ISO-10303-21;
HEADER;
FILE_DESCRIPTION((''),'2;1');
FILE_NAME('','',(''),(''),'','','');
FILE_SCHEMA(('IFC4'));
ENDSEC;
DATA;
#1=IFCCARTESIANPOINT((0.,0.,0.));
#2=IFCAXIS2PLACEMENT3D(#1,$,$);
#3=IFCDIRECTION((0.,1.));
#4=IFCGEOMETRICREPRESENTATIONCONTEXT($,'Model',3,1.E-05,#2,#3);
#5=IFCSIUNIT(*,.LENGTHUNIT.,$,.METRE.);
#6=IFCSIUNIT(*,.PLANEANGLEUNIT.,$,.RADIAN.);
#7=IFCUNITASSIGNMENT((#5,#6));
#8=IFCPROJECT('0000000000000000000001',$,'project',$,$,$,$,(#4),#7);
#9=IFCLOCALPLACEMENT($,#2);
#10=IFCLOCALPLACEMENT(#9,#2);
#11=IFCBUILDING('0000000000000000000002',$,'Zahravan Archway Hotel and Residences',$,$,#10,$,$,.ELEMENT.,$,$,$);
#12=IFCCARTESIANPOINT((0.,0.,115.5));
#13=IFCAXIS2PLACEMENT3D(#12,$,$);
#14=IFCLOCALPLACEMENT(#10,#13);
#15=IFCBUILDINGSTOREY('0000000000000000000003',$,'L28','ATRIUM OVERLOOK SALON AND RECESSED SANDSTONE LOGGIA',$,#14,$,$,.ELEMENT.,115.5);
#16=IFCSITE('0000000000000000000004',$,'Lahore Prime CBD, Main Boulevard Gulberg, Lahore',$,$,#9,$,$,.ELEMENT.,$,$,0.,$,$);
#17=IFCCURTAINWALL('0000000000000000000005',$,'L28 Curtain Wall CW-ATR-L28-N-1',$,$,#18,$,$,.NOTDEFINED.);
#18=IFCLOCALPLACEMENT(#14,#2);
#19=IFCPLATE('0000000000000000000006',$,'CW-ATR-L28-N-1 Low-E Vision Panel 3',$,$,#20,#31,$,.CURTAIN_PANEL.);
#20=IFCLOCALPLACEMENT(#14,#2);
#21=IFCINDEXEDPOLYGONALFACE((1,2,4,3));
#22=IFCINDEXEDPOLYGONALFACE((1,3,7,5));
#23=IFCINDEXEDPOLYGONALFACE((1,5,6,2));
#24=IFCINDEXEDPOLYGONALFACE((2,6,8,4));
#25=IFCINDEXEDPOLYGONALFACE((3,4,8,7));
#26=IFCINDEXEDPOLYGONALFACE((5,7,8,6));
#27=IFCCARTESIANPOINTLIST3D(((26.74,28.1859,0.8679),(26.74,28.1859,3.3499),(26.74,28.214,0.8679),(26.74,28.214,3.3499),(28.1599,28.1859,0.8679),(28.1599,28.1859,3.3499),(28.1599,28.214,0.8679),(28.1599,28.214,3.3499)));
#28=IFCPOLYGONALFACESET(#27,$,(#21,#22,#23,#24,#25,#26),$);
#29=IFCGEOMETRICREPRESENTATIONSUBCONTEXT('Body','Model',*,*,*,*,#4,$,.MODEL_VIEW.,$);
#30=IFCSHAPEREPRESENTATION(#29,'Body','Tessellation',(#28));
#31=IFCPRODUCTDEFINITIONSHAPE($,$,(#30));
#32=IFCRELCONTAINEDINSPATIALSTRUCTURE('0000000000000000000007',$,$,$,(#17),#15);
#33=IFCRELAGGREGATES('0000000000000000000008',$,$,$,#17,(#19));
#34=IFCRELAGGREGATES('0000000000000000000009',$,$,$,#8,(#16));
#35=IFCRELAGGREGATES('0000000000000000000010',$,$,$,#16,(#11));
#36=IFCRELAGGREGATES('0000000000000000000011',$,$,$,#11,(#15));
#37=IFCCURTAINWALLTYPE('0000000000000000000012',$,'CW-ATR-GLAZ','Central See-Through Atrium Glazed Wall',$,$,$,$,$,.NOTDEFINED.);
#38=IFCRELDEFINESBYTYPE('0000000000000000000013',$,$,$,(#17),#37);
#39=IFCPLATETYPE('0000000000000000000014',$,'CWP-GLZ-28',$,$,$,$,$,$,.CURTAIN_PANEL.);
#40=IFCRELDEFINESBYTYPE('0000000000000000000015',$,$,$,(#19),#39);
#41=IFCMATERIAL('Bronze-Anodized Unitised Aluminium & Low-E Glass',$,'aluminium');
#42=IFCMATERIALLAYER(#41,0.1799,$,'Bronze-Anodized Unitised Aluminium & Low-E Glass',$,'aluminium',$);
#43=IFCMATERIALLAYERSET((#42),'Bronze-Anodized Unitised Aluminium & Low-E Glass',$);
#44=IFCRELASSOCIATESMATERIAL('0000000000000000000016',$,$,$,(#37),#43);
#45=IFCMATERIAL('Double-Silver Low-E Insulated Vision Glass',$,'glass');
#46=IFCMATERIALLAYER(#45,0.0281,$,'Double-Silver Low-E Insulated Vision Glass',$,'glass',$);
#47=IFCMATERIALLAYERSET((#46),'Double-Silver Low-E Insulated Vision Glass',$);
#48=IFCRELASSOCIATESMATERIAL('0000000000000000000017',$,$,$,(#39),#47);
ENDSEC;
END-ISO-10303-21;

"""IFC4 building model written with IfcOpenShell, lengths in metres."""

from ifc_helpers import new_model, si_unit, direction, frame, origin, origin_2d, place, context, subcontext, project, spatial, rectangle, extrude, source, transform, mapped, material, layer, layer_set, type_object, element, aggregate, save


model = new_model("IFC4")

# Units and contexts
model_context = context("Model", 3, precision=1e-05, world=origin(), true_north=direction((0.0, 1.0)))
body_context = subcontext(model_context, "Body", "Model", "MODEL_VIEW")
ifc_project = project(units=[si_unit("LENGTHUNIT", "METRE"), si_unit("PLANEANGLEUNIT", "RADIAN")], contexts=[model_context])

# Site, building, storey
site_placement = place(None, origin())
site = spatial("IfcSite", under=ifc_project, at=site_placement, Name="Lahore Prime CBD, Main Boulevard Gulberg, Lahore", CompositionType="ELEMENT", RefElevation=0.0)
building_placement = place(site_placement, origin())
building = spatial("IfcBuilding", under=site, at=building_placement, Name="Zahravan Archway Hotel and Residences", CompositionType="ELEMENT")
storey_placement = place(building_placement, frame((0.0, 0.0, 115.5)))
storey = spatial("IfcBuildingStorey", under=building, at=storey_placement, Name="L28", Description="ATRIUM OVERLOOK SALON AND RECESSED SANDSTONE LOGGIA", CompositionType="ELEMENT", Elevation=115.5)

# Curtain wall
ifc_material_1 = material(Name="Bronze-Anodized Unitised Aluminium & Low-E Glass", Category="aluminium")
ifc_layer_1 = layer(ifc_material_1, 0.1799, Name="Bronze-Anodized Unitised Aluminium & Low-E Glass", Category="aluminium")
ifc_layer_set_1 = layer_set([ifc_layer_1], Name="Bronze-Anodized Unitised Aluminium & Low-E Glass")
curtain_wall_type = type_object("IfcCurtainWallType", Name="CW-ATR-GLAZ", Description="Central See-Through Atrium Glazed Wall", PredefinedType="NOTDEFINED", material=ifc_layer_set_1)
curtain_wall_1_placement = place(storey_placement, origin())
curtain_wall_1 = element("IfcCurtainWall", 1, at=curtain_wall_1_placement, inside=storey, type_object=curtain_wall_type, Name="L28 Curtain Wall CW-ATR-L28-N-1", PredefinedType="NOTDEFINED")

# Plate
ifc_material_2 = material(Name="Double-Silver Low-E Insulated Vision Glass", Category="glass")
ifc_layer_2 = layer(ifc_material_2, 0.0281, Name="Double-Silver Low-E Insulated Vision Glass", Category="glass")
ifc_layer_set_2 = layer_set([ifc_layer_2], Name="Double-Silver Low-E Insulated Vision Glass")
plate_type_1 = type_object("IfcPlateType", Name="CWP-GLZ-28", PredefinedType="CURTAIN_PANEL", material=ifc_layer_set_2)
shared_shape_1 = source(origin(), body_context, "Body", "SweptSolid", [
    extrude(rectangle(XDim=1.4199, YDim=0.0281, at=origin_2d()), origin(), (0.0, 0.0, 1.0), 2.4819),
])
plate_1_placement = place(storey_placement, frame((27.45, 28.2, 0.8679), z_axis=(0.0, 0.0, 1.0), x_axis=(1.0, 0.0, 0.0)))
plate_1 = element("IfcPlate", 2, at=plate_1_placement, type_object=plate_type_1, Name="CW-ATR-L28-N-1 Low-E Vision Panel 3", PredefinedType="CURTAIN_PANEL", context=body_context, shape_type="MappedRepresentation", body=[
    mapped(shared_shape_1, transform((0.0, 0.0, 0.0), scale=1.0)),
])
aggregate(curtain_wall_1, [plate_1])

save(model, "model.ifc")
